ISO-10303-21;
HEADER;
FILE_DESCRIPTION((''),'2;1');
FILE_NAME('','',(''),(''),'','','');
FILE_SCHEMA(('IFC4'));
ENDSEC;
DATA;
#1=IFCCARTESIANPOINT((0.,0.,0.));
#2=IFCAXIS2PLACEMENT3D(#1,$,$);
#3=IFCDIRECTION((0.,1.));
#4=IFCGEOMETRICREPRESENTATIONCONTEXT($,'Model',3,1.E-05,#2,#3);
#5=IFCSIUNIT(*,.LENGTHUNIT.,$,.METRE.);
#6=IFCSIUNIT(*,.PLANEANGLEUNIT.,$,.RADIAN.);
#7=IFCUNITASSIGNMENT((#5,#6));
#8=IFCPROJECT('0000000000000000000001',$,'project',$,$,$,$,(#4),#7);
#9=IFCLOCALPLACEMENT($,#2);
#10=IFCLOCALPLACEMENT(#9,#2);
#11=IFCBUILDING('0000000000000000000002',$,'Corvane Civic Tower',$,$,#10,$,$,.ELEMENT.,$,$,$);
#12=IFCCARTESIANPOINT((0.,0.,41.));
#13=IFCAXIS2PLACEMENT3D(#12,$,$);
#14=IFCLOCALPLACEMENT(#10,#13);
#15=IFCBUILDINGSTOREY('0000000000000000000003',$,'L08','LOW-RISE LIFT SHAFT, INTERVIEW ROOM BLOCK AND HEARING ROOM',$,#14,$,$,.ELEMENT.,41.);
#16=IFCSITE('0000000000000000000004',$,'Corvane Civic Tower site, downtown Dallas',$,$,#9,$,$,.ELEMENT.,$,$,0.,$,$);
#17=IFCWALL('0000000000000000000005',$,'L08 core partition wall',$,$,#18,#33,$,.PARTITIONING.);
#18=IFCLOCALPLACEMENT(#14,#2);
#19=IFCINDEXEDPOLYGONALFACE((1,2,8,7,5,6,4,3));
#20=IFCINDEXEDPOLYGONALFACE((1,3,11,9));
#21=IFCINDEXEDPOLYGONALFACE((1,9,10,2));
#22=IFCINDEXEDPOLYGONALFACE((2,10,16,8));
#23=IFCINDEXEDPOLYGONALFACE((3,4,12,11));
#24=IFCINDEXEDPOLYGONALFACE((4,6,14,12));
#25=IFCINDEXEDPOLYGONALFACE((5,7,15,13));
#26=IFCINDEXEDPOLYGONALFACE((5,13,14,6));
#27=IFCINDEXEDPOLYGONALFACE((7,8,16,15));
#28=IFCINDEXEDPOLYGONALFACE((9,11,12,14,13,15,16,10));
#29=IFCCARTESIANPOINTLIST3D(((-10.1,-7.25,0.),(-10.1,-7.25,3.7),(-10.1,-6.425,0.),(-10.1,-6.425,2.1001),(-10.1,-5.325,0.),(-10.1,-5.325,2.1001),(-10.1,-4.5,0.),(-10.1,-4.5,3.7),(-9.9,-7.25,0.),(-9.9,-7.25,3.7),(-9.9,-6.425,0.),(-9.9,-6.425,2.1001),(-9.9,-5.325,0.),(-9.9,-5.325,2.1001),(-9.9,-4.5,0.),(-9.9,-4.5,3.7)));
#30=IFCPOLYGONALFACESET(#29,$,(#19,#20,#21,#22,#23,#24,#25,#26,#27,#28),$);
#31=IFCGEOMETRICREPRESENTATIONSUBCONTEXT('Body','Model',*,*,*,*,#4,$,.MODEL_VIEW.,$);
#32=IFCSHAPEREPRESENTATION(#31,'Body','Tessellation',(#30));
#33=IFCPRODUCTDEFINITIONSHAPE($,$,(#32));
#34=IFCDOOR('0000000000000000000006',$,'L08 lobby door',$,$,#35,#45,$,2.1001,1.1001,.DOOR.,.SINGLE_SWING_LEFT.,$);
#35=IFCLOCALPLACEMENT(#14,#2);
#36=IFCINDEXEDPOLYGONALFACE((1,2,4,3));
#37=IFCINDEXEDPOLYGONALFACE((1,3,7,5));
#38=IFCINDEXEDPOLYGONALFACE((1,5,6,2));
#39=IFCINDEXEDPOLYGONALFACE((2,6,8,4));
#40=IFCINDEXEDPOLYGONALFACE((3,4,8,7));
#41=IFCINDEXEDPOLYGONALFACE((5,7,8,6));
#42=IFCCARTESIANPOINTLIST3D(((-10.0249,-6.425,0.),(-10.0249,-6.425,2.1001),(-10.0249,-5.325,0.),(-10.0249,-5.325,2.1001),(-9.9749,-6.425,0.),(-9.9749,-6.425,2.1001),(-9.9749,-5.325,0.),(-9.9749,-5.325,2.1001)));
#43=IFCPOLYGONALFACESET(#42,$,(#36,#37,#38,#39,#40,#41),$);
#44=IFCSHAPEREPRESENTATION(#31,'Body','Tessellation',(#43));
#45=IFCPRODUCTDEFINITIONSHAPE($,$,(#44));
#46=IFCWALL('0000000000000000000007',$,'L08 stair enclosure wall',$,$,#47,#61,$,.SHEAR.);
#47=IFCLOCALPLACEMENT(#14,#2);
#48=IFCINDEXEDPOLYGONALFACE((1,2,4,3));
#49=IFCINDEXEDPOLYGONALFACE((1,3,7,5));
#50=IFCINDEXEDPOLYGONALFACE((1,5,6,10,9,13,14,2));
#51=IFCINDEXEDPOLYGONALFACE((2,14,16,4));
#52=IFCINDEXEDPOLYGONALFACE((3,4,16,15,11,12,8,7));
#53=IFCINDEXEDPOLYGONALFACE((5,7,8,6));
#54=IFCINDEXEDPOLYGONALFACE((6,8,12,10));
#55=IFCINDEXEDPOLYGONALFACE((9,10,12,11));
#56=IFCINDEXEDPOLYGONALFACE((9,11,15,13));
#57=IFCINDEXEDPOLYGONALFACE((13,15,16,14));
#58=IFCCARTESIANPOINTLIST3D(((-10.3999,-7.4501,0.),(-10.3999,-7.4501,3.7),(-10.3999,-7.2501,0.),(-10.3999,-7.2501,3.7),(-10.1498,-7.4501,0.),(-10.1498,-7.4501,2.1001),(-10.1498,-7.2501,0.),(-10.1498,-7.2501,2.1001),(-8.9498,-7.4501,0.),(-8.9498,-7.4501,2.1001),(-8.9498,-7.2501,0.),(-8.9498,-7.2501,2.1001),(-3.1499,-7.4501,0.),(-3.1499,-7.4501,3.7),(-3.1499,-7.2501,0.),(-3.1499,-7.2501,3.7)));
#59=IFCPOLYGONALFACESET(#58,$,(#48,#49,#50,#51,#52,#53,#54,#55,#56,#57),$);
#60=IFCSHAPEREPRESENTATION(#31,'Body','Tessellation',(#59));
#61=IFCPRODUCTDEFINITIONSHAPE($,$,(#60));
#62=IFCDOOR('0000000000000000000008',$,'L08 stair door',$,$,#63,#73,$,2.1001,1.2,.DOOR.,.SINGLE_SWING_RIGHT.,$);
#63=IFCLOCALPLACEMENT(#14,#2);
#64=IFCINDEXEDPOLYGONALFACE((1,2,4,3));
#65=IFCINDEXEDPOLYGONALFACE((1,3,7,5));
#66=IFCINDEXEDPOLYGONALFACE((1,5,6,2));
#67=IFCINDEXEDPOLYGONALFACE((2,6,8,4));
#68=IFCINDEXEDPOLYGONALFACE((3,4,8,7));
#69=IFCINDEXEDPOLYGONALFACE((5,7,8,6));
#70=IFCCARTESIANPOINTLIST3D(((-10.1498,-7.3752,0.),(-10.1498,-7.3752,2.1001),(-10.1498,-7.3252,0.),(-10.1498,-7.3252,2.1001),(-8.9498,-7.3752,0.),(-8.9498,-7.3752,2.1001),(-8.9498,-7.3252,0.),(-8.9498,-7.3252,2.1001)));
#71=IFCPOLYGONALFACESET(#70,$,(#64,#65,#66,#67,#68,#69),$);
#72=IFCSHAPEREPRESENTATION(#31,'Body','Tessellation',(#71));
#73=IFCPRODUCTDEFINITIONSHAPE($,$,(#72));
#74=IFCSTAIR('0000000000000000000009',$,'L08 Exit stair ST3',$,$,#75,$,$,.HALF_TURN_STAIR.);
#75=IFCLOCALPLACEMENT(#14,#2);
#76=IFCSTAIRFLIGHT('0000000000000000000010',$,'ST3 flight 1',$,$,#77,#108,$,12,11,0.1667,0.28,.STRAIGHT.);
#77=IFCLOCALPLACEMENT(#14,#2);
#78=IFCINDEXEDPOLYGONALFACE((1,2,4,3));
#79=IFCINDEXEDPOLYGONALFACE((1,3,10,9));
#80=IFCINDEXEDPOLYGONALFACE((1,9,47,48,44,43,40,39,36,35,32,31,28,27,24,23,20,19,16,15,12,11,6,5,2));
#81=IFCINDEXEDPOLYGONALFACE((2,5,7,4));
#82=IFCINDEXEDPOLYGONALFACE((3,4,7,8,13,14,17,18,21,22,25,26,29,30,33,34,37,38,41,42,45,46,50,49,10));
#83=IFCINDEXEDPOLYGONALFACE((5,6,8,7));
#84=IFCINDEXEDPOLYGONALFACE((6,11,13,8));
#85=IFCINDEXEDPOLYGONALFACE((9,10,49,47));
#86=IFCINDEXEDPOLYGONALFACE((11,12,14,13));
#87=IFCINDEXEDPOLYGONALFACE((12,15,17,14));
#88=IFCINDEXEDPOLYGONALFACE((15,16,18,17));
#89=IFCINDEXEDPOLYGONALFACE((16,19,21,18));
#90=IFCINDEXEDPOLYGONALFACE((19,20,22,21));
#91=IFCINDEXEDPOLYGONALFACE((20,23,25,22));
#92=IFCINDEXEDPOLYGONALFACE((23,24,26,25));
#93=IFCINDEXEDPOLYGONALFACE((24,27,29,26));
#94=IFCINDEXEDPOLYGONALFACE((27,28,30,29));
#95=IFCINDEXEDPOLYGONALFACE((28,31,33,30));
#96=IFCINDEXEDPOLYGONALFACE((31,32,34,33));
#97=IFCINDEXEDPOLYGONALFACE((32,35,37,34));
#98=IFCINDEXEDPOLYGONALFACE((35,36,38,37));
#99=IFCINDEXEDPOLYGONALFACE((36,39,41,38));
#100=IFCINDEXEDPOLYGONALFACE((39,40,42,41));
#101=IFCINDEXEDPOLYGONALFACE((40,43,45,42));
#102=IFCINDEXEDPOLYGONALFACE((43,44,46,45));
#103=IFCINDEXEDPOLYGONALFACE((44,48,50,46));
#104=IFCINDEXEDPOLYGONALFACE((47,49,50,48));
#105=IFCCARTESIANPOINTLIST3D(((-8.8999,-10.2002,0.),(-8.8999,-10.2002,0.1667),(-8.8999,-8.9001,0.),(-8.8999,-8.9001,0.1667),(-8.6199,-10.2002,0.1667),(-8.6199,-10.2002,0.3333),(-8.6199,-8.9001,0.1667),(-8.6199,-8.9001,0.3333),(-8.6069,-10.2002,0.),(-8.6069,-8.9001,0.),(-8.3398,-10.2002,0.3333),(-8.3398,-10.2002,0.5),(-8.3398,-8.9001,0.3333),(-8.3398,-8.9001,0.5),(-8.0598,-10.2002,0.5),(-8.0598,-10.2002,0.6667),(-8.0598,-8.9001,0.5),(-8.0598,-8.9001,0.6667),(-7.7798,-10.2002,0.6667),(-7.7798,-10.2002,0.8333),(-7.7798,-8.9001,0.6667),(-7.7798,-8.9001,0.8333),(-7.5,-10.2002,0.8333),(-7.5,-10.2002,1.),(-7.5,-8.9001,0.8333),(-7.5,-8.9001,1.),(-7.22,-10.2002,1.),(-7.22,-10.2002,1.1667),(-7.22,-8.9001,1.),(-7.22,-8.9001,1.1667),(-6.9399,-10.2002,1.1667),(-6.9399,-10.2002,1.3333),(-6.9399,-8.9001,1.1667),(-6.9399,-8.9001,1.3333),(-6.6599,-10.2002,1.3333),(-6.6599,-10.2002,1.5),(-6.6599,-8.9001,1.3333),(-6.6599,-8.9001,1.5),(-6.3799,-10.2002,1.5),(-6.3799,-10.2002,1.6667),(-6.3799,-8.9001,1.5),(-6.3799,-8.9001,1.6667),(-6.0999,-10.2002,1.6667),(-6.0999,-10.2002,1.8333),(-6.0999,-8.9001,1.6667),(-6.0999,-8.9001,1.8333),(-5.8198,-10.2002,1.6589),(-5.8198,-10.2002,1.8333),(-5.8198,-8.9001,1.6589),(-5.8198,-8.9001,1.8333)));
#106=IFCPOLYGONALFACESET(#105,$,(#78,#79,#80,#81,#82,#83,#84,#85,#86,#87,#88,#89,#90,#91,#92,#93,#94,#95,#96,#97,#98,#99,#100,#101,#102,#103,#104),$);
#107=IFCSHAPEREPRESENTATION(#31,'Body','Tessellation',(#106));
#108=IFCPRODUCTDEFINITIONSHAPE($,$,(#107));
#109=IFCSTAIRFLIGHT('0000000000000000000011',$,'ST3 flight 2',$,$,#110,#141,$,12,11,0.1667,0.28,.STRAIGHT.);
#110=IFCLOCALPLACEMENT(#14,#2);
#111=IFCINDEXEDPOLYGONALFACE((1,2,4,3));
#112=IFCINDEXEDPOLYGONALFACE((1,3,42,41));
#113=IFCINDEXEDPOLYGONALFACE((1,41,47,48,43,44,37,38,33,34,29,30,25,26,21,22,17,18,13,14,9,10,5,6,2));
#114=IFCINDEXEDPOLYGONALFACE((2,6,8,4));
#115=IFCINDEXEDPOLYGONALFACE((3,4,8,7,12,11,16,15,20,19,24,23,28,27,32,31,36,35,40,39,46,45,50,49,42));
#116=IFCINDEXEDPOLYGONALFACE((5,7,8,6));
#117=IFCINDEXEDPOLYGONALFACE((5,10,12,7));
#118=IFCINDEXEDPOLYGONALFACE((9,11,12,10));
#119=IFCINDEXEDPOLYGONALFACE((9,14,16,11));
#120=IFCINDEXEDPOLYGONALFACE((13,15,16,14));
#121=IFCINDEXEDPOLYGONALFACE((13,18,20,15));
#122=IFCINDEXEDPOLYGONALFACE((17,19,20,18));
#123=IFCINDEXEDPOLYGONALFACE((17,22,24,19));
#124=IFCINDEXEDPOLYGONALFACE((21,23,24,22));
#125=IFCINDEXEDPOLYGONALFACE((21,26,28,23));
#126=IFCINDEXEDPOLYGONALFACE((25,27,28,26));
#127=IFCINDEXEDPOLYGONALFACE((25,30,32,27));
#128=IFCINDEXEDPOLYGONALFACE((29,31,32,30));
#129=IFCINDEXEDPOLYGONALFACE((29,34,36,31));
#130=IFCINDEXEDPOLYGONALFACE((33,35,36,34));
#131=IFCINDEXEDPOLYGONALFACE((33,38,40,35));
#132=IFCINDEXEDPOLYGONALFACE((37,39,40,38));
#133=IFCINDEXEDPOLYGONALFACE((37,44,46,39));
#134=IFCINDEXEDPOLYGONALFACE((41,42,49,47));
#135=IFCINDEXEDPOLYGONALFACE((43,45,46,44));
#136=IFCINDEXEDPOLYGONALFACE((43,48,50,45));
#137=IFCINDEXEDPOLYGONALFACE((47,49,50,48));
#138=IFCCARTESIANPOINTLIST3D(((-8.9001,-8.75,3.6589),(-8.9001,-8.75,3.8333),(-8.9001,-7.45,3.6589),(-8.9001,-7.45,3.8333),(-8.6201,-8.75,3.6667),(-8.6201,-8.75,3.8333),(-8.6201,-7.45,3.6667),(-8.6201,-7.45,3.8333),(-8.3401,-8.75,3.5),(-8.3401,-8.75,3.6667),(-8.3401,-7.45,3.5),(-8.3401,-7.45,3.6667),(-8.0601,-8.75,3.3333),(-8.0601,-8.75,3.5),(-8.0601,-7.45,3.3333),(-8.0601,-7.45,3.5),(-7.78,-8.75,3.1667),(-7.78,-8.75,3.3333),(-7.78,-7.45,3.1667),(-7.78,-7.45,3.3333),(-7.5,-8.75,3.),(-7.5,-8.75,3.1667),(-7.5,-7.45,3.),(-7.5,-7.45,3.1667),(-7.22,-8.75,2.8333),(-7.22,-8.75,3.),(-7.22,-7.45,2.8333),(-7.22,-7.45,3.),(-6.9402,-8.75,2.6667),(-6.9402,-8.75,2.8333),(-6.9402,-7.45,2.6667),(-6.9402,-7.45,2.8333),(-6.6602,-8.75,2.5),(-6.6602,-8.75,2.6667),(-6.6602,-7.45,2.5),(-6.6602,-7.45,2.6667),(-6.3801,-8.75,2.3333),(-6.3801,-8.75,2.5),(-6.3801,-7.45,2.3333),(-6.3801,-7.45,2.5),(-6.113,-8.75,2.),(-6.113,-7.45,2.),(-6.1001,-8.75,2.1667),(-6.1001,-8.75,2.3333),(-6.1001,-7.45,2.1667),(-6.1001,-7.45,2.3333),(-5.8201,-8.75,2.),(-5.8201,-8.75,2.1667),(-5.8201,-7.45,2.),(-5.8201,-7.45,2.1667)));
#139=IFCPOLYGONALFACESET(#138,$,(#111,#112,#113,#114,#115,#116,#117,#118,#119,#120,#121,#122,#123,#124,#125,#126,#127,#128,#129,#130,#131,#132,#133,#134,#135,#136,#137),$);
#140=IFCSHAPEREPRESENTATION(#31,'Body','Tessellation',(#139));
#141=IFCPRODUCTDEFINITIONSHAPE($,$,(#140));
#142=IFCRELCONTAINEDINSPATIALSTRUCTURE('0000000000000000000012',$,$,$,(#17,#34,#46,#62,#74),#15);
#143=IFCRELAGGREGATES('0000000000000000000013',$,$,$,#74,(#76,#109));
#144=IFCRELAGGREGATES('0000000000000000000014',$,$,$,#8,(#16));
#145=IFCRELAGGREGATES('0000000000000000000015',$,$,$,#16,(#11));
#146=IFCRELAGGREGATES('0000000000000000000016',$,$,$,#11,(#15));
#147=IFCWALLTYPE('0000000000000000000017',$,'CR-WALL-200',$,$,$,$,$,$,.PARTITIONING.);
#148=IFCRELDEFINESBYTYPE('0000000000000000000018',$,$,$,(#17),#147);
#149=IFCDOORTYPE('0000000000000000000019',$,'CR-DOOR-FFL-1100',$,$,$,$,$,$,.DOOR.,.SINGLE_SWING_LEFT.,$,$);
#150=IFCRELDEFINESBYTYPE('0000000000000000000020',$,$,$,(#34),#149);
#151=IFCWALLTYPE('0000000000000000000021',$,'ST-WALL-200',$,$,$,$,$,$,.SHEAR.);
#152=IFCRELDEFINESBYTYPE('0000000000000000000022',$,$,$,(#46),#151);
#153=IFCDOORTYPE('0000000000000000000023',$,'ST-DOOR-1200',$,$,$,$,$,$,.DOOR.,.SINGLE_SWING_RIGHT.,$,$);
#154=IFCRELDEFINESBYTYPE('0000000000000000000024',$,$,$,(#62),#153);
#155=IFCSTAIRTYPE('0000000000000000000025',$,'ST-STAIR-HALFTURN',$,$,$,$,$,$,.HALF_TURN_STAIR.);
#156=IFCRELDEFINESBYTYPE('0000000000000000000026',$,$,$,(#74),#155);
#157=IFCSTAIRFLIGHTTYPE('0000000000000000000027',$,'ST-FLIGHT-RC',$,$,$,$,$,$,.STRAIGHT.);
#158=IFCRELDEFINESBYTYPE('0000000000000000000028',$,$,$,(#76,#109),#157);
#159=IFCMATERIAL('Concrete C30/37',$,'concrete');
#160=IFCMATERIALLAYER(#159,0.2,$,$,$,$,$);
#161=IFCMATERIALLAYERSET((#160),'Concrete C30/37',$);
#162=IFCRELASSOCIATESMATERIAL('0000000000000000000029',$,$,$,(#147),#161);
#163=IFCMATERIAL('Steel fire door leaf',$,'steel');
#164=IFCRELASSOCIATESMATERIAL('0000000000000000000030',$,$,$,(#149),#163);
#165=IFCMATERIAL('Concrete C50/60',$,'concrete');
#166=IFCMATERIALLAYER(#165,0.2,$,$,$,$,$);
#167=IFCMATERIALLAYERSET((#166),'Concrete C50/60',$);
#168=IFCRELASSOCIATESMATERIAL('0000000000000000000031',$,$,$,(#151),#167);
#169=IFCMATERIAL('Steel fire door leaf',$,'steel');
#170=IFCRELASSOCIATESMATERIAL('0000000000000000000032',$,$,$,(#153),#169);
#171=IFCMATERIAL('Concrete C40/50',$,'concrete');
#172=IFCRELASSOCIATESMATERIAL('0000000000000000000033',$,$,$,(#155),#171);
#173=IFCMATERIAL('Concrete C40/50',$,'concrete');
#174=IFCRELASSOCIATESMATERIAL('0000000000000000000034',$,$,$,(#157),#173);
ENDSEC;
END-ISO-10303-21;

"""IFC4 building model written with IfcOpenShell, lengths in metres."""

from ifc_helpers import new_model, si_unit, direction, frame, frame_2d, origin, place, context, subcontext, project, spatial, polyline, rectangle, outline, extrude, material, layer, layer_set, type_object, element, fill, aggregate, save


model = new_model("IFC4")

# Units and contexts
model_context = context("Model", 3, precision=1e-05, world=origin(), true_north=direction((0.0, 1.0)))
body_context = subcontext(model_context, "Body", "Model", "MODEL_VIEW")
ifc_project = project(units=[si_unit("LENGTHUNIT", "METRE"), si_unit("PLANEANGLEUNIT", "RADIAN")], contexts=[model_context])

# Site, building, storey
site_placement = place(None, origin())
site = spatial("IfcSite", under=ifc_project, at=site_placement, Name="Corvane Civic Tower site, downtown Dallas", CompositionType="ELEMENT", RefElevation=0.0)
building_placement = place(site_placement, origin())
building = spatial("IfcBuilding", under=site, at=building_placement, Name="Corvane Civic Tower", CompositionType="ELEMENT")
storey_placement = place(building_placement, frame((0.0, 0.0, 41.0)))
storey = spatial("IfcBuildingStorey", under=building, at=storey_placement, Name="L08", Description="LOW-RISE LIFT SHAFT, INTERVIEW ROOM BLOCK AND HEARING ROOM", CompositionType="ELEMENT", Elevation=41.0)

# Shared definitions
ifc_material_1 = material(Name="Concrete C30/37", Category="concrete")
ifc_layer_1 = layer(ifc_material_1, 0.2)
ifc_layer_set_1 = layer_set([ifc_layer_1], Name="Concrete C30/37")
wall_type_1 = type_object("IfcWallType", Name="CR-WALL-200", PredefinedType="PARTITIONING", material=ifc_layer_set_1)

# Walls, openings, doors
wall_1_placement = place(storey_placement, frame((-10.0, -7.25, 0.0), z_axis=(0.0, 0.0, 1.0), x_axis=(0.0, 1.0, 0.0)))
wall_1 = element("IfcWall", 1, at=wall_1_placement, inside=storey, type_object=wall_type_1, Name="L08 core partition wall", PredefinedType="PARTITIONING", context=body_context, shape_type="SweptSolid", body=[
    extrude(rectangle(XDim=2.75, YDim=0.2, at=frame_2d((1.375, 0.0))), origin(), (0.0, 0.0, 1.0), 3.7),
])
opening_1_placement = place(wall_1_placement, frame((0.825, 0.0, 0.0)))
opening_1 = element("IfcOpeningElement", 2, at=opening_1_placement, cuts=wall_1, PredefinedType="OPENING", context=body_context, shape_type="SweptSolid", body=[
    extrude(rectangle(XDim=1.1001, YDim=2.1001, at=frame_2d((0.55, 1.05))), frame((0.0, 0.1099, 0.0), z_axis=(0.0, -1.0, 0.0), x_axis=(1.0, 0.0, 0.0)), (0.0, 0.0, 1.0), 0.22),
])
ifc_material_2 = material(Name="Steel fire door leaf", Category="steel")
door_type_1 = type_object("IfcDoorType", Name="CR-DOOR-FFL-1100", OperationType="SINGLE_SWING_LEFT", PredefinedType="DOOR", material=ifc_material_2)
door_1_placement = place(opening_1_placement, origin())
door_1 = element("IfcDoor", 3, at=door_1_placement, inside=storey, type_object=door_type_1, Name="L08 lobby door", OperationType="SINGLE_SWING_LEFT", OverallHeight=2.1001, OverallWidth=1.1001, PredefinedType="DOOR", context=body_context, shape_type="SweptSolid", body=[
    extrude(rectangle(XDim=1.1001, YDim=2.1001, at=frame_2d((0.55, 1.05))), frame((0.0, 0.0249, 0.0), z_axis=(0.0, -1.0, 0.0), x_axis=(1.0, 0.0, 0.0)), (0.0, 0.0, 1.0), 0.05),
])
fill(opening_1, door_1)
ifc_material_3 = material(Name="Concrete C50/60", Category="concrete")
ifc_layer_2 = layer(ifc_material_3, 0.2)
ifc_layer_set_2 = layer_set([ifc_layer_2], Name="Concrete C50/60")
wall_type_2 = type_object("IfcWallType", Name="ST-WALL-200", PredefinedType="SHEAR", material=ifc_layer_set_2)
wall_2_placement = place(storey_placement, frame((-10.3999, -7.3501, 0.0), z_axis=(0.0, 0.0, 1.0), x_axis=(1.0, 0.0, 0.0)))
wall_2 = element("IfcWall", 4, at=wall_2_placement, inside=storey, type_object=wall_type_2, Name="L08 stair enclosure wall", PredefinedType="SHEAR", context=body_context, shape_type="SweptSolid", body=[
    extrude(rectangle(XDim=7.25, YDim=0.2, at=frame_2d((3.625, 0.0))), origin(), (0.0, 0.0, 1.0), 3.7),
])
opening_2_placement = place(wall_2_placement, frame((0.25, 0.0, 0.0)))
opening_2 = element("IfcOpeningElement", 5, at=opening_2_placement, cuts=wall_2, PredefinedType="OPENING", context=body_context, shape_type="SweptSolid", body=[
    extrude(rectangle(XDim=1.2, YDim=2.1001, at=frame_2d((0.6001, 1.05))), frame((0.0, 0.1099, 0.0), z_axis=(0.0, -1.0, 0.0), x_axis=(1.0, 0.0, 0.0)), (0.0, 0.0, 1.0), 0.22),
])
ifc_material_4 = material(Name="Steel fire door leaf", Category="steel")
door_type_2 = type_object("IfcDoorType", Name="ST-DOOR-1200", OperationType="SINGLE_SWING_RIGHT", PredefinedType="DOOR", material=ifc_material_4)
door_2_placement = place(opening_2_placement, origin())
door_2 = element("IfcDoor", 6, at=door_2_placement, inside=storey, type_object=door_type_2, Name="L08 stair door", OperationType="SINGLE_SWING_RIGHT", OverallHeight=2.1001, OverallWidth=1.2, PredefinedType="DOOR", context=body_context, shape_type="SweptSolid", body=[
    extrude(rectangle(XDim=1.2, YDim=2.1001, at=frame_2d((0.6001, 1.05))), frame((0.0, 0.0249, 0.0), z_axis=(0.0, -1.0, 0.0), x_axis=(1.0, 0.0, 0.0)), (0.0, 0.0, 1.0), 0.05),
])
fill(opening_2, door_2)

# Stair, stair flights
ifc_material_5 = material(Name="Concrete C40/50", Category="concrete")
stair_type = type_object("IfcStairType", Name="ST-STAIR-HALFTURN", PredefinedType="HALF_TURN_STAIR", material=ifc_material_5)
stair_placement = place(storey_placement, origin())
stair = element("IfcStair", 7, at=stair_placement, inside=storey, type_object=stair_type, Name="L08 Exit stair ST3", PredefinedType="HALF_TURN_STAIR")
ifc_material_6 = material(Name="Concrete C40/50", Category="concrete")
stair_flight_type = type_object("IfcStairFlightType", Name="ST-FLIGHT-RC", PredefinedType="STRAIGHT", material=ifc_material_6)
stair_flight_1_placement = place(storey_placement, frame((-8.8999, -9.55, 0.0), z_axis=(0.0, 0.0, 1.0), x_axis=(1.0, 0.0, 0.0)))
stair_flight_1 = element("IfcStairFlight", 8, at=stair_flight_1_placement, type_object=stair_flight_type, Name="ST3 flight 1", NumberOfRisers=12, NumberOfTreads=11, PredefinedType="STRAIGHT", RiserHeight=0.1667, TreadLength=0.28, context=body_context, shape_type="SweptSolid", body=[
    extrude(outline(polyline([(0.0, 0.0), (0.0, 0.1667), (0.28, 0.1667), (0.28, 0.3333), (0.5601, 0.3333), (0.5601, 0.5), (0.8401, 0.5), (0.8401, 0.6667), (1.1201, 0.6667), (1.1201, 0.8333), (1.3999, 0.8333), (1.3999, 1.0), (1.6799, 1.0), (1.6799, 1.1667), (1.96, 1.1667), (1.96, 1.3333), (2.24, 1.3333), (2.24, 1.5), (2.52, 1.5), (2.52, 1.6667), (2.8, 1.6667), (2.8, 1.8333), (3.0801, 1.8333), (3.0801, 2.0), (3.0801, 1.6589), (0.293, 0.0), (0.0, 0.0)])), frame((0.0, 0.6499, 0.0), z_axis=(0.0, -1.0, 0.0), x_axis=(1.0, 0.0, 0.0)), (0.0, 0.0, 1.0), 1.3),
])
stair_flight_2_placement = place(storey_placement, frame((-5.8201, -8.1001, 2.0), z_axis=(0.0, 0.0, 1.0), x_axis=(-1.0, 0.0, 0.0)))
stair_flight_2 = element("IfcStairFlight", 9, at=stair_flight_2_placement, type_object=stair_flight_type, Name="ST3 flight 2", NumberOfRisers=12, NumberOfTreads=11, PredefinedType="STRAIGHT", RiserHeight=0.1667, TreadLength=0.28, context=body_context, shape_type="SweptSolid", body=[
    extrude(outline(polyline([(0.0, 0.0), (0.0, 0.1667), (0.28, 0.1667), (0.28, 0.3333), (0.5601, 0.3333), (0.5601, 0.5), (0.8401, 0.5), (0.8401, 0.6667), (1.1201, 0.6667), (1.1201, 0.8333), (1.3999, 0.8333), (1.3999, 1.0), (1.6799, 1.0), (1.6799, 1.1667), (1.96, 1.1667), (1.96, 1.3333), (2.24, 1.3333), (2.24, 1.5), (2.52, 1.5), (2.52, 1.6667), (2.8, 1.6667), (2.8, 1.8333), (3.0801, 1.8333), (3.0801, 2.0), (3.0801, 1.6589), (0.293, 0.0), (0.0, 0.0)])), frame((0.0, 0.6499, 0.0), z_axis=(0.0, -1.0, 0.0), x_axis=(1.0, 0.0, 0.0)), (0.0, 0.0, 1.0), 1.3),
])
aggregate(stair, [stair_flight_1, stair_flight_2])

save(model, "model.ifc")
